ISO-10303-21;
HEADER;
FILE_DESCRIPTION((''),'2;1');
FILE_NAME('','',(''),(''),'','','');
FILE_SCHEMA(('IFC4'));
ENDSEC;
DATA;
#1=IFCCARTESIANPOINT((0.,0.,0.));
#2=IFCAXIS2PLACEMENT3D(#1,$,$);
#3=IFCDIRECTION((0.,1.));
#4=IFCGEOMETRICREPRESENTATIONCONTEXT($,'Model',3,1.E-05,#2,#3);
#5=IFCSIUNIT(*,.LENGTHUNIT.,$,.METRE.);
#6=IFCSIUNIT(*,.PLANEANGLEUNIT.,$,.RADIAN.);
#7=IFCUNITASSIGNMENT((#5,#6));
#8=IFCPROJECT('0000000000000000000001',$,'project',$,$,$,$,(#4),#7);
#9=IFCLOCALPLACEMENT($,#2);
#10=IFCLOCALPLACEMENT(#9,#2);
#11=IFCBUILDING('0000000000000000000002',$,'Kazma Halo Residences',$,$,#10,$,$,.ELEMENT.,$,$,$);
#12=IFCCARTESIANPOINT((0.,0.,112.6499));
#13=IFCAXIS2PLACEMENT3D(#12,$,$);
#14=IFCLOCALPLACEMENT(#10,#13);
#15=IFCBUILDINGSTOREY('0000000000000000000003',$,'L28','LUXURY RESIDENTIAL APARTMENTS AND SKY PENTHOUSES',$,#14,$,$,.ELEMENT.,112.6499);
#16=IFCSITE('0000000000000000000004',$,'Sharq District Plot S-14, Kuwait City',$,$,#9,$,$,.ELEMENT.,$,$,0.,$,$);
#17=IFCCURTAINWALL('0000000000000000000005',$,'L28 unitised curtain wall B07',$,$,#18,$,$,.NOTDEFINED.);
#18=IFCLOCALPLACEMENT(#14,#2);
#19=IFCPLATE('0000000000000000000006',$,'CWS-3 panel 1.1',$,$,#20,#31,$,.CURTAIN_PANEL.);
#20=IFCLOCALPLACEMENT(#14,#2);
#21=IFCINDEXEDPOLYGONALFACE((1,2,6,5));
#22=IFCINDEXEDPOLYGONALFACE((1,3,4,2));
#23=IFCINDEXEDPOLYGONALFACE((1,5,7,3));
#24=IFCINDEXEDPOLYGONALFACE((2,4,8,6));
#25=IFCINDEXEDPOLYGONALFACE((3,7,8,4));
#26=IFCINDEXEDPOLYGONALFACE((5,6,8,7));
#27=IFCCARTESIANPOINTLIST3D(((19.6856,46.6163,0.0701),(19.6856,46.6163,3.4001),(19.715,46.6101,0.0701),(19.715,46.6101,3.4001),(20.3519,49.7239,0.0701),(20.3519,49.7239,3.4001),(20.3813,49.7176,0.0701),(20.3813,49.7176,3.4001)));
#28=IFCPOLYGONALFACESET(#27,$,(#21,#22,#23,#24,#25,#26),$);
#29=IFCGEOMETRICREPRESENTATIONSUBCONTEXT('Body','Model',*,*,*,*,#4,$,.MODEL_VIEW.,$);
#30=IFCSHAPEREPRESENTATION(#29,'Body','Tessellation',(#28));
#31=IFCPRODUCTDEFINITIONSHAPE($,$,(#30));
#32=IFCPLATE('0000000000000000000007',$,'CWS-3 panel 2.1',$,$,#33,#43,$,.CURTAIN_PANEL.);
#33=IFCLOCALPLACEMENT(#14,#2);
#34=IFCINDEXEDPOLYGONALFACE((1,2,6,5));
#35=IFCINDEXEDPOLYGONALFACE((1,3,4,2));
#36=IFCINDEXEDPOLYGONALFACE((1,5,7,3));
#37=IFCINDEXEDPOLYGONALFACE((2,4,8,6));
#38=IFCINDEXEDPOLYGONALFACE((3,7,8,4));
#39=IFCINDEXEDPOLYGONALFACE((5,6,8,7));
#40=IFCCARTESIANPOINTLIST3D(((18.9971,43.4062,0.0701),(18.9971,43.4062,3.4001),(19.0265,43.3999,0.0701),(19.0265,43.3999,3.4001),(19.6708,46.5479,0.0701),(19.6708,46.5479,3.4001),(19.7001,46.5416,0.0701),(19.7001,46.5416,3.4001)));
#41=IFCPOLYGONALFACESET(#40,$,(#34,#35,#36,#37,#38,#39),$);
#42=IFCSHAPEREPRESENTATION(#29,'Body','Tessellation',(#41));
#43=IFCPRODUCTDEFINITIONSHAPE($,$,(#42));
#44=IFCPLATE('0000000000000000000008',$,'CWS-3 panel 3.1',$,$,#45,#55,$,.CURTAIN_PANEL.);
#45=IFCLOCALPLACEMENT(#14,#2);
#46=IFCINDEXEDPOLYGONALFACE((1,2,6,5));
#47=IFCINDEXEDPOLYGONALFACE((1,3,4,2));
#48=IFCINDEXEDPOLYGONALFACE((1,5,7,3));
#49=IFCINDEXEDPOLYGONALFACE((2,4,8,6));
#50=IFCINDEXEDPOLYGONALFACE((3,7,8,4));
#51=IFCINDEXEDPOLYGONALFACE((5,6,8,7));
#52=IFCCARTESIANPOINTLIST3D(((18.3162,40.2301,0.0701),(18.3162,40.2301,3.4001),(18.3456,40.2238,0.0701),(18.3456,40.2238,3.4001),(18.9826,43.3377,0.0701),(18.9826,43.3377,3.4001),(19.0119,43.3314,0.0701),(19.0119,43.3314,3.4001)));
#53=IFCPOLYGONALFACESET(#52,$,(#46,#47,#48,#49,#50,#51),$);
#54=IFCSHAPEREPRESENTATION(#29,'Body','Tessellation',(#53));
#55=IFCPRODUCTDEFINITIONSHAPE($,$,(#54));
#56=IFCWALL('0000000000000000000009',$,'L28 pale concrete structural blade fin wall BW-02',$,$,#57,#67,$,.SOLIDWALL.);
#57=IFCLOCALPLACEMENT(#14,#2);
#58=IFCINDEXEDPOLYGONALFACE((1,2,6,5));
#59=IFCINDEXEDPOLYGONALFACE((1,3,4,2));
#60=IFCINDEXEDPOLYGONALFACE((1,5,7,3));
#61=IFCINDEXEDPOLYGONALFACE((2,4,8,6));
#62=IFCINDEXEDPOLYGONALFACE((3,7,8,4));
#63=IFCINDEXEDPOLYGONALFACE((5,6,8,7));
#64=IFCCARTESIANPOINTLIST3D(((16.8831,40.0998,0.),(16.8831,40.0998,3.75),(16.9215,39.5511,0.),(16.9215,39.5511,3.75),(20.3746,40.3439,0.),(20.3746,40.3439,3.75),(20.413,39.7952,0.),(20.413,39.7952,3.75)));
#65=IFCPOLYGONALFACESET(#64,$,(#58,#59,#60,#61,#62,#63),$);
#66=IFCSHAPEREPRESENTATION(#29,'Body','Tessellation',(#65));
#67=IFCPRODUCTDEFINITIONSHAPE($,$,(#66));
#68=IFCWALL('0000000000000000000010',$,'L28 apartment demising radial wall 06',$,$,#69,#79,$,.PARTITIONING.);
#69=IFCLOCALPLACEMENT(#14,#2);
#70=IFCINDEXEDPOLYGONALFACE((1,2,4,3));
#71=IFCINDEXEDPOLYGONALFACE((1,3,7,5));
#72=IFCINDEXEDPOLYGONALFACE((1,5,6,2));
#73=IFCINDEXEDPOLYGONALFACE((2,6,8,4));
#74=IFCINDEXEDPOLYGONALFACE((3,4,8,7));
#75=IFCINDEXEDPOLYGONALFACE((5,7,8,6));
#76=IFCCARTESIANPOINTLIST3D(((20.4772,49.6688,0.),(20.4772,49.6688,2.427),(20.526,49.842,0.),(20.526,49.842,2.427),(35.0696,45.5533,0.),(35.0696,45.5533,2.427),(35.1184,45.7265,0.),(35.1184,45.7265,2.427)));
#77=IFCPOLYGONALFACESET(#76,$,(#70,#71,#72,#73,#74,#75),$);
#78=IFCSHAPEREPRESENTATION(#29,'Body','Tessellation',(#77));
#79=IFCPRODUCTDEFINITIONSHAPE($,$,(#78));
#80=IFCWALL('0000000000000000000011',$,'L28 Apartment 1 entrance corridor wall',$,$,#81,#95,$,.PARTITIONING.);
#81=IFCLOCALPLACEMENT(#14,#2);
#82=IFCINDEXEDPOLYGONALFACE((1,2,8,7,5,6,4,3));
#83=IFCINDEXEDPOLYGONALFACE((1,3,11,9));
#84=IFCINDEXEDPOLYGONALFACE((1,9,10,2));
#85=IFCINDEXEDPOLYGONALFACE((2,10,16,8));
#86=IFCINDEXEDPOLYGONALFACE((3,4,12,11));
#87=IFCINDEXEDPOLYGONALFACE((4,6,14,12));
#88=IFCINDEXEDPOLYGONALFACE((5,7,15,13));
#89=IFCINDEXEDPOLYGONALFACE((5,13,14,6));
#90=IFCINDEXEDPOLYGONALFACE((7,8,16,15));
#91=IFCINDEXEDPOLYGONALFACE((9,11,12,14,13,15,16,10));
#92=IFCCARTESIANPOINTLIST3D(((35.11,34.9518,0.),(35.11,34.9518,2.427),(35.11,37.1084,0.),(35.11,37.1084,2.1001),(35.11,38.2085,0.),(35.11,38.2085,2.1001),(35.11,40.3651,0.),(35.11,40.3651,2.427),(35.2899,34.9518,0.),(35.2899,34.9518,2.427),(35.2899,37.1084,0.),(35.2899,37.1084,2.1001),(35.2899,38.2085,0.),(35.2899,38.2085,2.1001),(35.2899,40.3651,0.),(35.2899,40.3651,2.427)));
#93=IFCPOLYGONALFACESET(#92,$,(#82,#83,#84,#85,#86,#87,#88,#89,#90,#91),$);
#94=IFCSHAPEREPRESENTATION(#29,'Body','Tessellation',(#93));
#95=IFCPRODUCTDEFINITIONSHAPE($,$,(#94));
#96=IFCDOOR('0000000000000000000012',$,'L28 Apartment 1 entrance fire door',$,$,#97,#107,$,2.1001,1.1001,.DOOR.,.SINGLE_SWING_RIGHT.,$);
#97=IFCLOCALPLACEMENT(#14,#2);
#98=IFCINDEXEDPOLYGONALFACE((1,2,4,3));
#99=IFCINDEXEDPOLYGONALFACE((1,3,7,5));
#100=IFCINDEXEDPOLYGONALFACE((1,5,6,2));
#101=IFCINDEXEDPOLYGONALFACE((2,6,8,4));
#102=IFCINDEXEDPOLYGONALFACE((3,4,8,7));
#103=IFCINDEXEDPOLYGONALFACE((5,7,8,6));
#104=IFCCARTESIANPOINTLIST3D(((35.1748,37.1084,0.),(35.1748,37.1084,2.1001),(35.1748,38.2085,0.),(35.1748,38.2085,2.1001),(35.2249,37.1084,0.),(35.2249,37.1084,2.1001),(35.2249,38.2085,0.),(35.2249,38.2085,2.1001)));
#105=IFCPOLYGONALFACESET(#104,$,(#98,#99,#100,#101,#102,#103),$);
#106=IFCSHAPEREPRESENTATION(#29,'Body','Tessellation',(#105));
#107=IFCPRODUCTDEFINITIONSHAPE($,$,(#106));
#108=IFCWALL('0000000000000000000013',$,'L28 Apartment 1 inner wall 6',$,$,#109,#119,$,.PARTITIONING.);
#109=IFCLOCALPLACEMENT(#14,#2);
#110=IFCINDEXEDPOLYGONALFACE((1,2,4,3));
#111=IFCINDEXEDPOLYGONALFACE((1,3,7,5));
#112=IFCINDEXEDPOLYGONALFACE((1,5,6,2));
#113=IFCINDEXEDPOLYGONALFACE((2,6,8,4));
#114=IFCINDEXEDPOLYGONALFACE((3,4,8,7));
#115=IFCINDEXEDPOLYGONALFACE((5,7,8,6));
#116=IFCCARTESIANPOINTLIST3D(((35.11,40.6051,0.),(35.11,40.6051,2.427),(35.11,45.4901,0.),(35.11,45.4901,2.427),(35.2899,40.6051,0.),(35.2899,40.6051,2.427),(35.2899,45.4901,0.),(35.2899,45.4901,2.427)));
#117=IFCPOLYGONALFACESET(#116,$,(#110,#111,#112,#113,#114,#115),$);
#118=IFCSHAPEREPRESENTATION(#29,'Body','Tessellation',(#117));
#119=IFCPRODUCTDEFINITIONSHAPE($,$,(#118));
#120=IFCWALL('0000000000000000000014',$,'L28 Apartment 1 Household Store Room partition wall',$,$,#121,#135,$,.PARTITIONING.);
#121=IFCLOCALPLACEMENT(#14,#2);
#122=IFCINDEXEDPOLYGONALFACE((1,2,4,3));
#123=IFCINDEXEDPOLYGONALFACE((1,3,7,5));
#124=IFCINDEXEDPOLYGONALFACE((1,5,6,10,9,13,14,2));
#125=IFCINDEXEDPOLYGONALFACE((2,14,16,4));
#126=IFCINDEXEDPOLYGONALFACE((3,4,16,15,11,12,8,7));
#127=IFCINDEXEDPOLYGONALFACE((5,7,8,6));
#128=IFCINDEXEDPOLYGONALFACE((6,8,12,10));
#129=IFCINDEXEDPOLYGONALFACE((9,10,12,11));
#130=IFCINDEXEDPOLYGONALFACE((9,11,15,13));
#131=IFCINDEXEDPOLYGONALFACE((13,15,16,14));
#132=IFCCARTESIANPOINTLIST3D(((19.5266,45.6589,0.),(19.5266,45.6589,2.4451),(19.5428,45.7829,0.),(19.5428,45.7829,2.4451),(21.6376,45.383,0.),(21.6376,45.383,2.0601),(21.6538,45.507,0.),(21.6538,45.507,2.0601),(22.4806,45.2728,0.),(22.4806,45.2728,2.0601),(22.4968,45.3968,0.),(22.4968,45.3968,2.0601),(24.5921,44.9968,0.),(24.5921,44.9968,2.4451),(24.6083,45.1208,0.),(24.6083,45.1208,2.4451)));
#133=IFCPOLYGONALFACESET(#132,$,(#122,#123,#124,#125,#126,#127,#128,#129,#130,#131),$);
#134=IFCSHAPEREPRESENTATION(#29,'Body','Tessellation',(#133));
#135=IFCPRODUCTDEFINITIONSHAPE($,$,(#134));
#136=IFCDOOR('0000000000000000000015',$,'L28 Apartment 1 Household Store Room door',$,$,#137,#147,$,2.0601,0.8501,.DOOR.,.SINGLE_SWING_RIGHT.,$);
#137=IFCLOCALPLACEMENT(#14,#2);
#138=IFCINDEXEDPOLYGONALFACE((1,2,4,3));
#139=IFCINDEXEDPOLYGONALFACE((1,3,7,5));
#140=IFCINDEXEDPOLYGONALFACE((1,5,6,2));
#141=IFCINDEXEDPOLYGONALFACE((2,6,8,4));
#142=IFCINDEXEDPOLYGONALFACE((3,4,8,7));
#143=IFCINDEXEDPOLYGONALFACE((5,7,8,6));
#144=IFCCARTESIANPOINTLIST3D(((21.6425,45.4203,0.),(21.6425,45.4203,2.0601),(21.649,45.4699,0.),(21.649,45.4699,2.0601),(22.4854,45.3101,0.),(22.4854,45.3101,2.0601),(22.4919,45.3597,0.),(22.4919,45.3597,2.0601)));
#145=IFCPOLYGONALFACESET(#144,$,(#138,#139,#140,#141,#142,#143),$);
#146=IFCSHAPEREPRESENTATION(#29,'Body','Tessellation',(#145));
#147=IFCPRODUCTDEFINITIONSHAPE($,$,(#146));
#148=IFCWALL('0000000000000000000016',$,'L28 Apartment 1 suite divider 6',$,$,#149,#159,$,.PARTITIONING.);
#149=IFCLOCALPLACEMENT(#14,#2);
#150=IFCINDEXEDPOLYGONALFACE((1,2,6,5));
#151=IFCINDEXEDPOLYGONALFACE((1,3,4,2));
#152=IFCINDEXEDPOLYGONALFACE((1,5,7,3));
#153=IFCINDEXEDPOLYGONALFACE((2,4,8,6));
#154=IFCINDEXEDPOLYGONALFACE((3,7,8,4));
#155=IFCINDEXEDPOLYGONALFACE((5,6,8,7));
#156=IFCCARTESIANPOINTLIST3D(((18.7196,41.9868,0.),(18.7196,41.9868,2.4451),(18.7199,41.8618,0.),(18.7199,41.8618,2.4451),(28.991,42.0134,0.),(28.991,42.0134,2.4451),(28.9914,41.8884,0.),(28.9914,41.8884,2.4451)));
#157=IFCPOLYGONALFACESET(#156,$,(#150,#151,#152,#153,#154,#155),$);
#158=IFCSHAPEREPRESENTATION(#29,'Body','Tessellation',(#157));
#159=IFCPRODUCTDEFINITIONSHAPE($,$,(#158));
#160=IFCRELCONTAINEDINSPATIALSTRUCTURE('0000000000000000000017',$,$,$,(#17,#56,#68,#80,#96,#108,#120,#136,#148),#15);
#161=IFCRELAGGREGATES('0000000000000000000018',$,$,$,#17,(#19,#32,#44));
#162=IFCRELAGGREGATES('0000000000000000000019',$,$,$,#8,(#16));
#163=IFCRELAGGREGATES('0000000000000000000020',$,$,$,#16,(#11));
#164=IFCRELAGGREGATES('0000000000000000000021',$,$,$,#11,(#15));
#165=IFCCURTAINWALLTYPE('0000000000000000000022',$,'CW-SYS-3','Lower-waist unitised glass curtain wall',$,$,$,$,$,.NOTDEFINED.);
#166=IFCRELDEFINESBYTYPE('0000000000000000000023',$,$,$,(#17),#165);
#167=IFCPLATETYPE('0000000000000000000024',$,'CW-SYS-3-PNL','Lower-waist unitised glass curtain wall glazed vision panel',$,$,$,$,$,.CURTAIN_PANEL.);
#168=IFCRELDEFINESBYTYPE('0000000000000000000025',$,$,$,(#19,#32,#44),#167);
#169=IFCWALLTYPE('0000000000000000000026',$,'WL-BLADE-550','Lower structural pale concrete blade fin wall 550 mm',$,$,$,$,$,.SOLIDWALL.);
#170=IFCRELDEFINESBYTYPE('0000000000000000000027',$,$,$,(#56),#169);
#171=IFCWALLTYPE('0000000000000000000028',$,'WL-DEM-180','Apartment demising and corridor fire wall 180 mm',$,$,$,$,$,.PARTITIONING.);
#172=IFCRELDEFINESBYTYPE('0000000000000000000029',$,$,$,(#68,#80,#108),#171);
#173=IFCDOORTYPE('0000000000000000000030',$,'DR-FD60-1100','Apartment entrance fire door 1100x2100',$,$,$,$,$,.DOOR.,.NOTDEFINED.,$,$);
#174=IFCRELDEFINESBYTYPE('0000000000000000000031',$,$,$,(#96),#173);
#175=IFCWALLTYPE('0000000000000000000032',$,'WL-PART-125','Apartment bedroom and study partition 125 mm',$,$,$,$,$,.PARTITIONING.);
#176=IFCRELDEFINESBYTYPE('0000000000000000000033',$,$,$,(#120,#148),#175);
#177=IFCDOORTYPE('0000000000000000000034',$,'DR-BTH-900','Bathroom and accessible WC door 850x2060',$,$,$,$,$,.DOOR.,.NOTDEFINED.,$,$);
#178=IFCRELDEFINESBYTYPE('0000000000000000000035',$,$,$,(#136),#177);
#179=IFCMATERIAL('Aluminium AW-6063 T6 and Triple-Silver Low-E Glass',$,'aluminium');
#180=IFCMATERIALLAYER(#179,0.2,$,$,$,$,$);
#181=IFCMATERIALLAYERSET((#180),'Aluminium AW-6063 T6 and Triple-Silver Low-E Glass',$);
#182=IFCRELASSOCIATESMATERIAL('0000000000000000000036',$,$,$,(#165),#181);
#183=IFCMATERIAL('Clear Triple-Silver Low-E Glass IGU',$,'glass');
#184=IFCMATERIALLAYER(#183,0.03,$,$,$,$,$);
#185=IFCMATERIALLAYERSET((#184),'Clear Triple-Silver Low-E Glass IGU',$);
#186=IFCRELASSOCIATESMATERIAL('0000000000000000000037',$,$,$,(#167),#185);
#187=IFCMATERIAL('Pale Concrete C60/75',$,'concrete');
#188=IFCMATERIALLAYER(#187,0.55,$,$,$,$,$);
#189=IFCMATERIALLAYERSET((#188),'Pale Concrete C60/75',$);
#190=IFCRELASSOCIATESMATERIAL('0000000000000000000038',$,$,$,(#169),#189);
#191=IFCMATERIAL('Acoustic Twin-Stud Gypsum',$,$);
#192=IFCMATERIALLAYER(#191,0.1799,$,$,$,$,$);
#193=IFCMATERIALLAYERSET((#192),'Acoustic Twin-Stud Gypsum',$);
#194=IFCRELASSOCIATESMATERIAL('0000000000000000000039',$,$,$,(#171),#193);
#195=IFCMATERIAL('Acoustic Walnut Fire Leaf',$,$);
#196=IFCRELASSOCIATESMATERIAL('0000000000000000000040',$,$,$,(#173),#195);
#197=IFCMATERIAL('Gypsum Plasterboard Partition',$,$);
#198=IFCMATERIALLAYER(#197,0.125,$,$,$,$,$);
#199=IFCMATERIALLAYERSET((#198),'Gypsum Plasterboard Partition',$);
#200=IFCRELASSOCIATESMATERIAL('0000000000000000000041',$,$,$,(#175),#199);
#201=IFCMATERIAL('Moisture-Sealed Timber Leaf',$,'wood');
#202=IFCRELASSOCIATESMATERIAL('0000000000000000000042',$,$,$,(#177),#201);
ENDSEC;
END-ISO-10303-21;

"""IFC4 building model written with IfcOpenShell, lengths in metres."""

from ifc_helpers import new_model, si_unit, direction, frame, frame_2d, origin, origin_2d, place, context, subcontext, project, spatial, rectangle, extrude, material, layer, layer_set, type_object, element, fill, aggregate, save


model = new_model("IFC4")

# Units and contexts
model_context = context("Model", 3, precision=1e-05, world=origin(), true_north=direction((0.0, 1.0)))
body_context = subcontext(model_context, "Body", "Model", "MODEL_VIEW")
ifc_project = project(units=[si_unit("LENGTHUNIT", "METRE"), si_unit("PLANEANGLEUNIT", "RADIAN")], contexts=[model_context])

# Site, building, storey
site_placement = place(None, origin())
site = spatial("IfcSite", under=ifc_project, at=site_placement, Name="Sharq District Plot S-14, Kuwait City", CompositionType="ELEMENT", RefElevation=0.0)
building_placement = place(site_placement, origin())
building = spatial("IfcBuilding", under=site, at=building_placement, Name="Kazma Halo Residences", CompositionType="ELEMENT")
storey_placement = place(building_placement, frame((0.0, 0.0, 112.6499)))
storey = spatial("IfcBuildingStorey", under=building, at=storey_placement, Name="L28", Description="LUXURY RESIDENTIAL APARTMENTS AND SKY PENTHOUSES", CompositionType="ELEMENT", Elevation=112.6499)

# Curtain wall, plates
ifc_material_1 = material(Name="Aluminium AW-6063 T6 and Triple-Silver Low-E Glass", Category="aluminium")
ifc_layer_1 = layer(ifc_material_1, 0.2)
ifc_layer_set_1 = layer_set([ifc_layer_1], Name="Aluminium AW-6063 T6 and Triple-Silver Low-E Glass")
curtain_wall_type = type_object("IfcCurtainWallType", Name="CW-SYS-3", Description="Lower-waist unitised glass curtain wall", PredefinedType="NOTDEFINED", material=ifc_layer_set_1)
curtain_wall_placement = place(storey_placement, origin())
curtain_wall = element("IfcCurtainWall", 1, at=curtain_wall_placement, inside=storey, type_object=curtain_wall_type, Name="L28 unitised curtain wall B07", PredefinedType="NOTDEFINED")
ifc_material_2 = material(Name="Clear Triple-Silver Low-E Glass IGU", Category="glass")
ifc_layer_2 = layer(ifc_material_2, 0.03)
ifc_layer_set_2 = layer_set([ifc_layer_2], Name="Clear Triple-Silver Low-E Glass IGU")
plate_type = type_object("IfcPlateType", Name="CW-SYS-3-PNL", Description="Lower-waist unitised glass curtain wall glazed vision panel", PredefinedType="CURTAIN_PANEL", material=ifc_layer_set_2)
plate_1_placement = place(storey_placement, frame((20.0334, 48.167, 0.0701), z_axis=(0.0, 0.0, 1.0), x_axis=(-0.209661, -0.977774, 0.0)))
plate_1 = element("IfcPlate", 2, at=plate_1_placement, type_object=plate_type, Name="CWS-3 panel 1.1", PredefinedType="CURTAIN_PANEL", context=body_context, shape_type="SweptSolid", body=[
    extrude(rectangle(XDim=3.1782, YDim=0.03, at=origin_2d()), origin(), (0.0, 0.0, 1.0), 3.3301),
])
plate_2_placement = place(storey_placement, frame((19.3486, 44.9739, 0.0701), z_axis=(0.0, 0.0, 1.0), x_axis=(-0.209661, -0.977774, 0.0)))
plate_2 = element("IfcPlate", 3, at=plate_2_placement, type_object=plate_type, Name="CWS-3 panel 2.1", PredefinedType="CURTAIN_PANEL", context=body_context, shape_type="SweptSolid", body=[
    extrude(rectangle(XDim=3.2131, YDim=0.03, at=origin_2d()), origin(), (0.0, 0.0, 1.0), 3.3301),
])
plate_3_placement = place(storey_placement, frame((18.6641, 41.7808, 0.0701), z_axis=(0.0, 0.0, 1.0), x_axis=(-0.209661, -0.977774, 0.0)))
plate_3 = element("IfcPlate", 4, at=plate_3_placement, type_object=plate_type, Name="CWS-3 panel 3.1", PredefinedType="CURTAIN_PANEL", context=body_context, shape_type="SweptSolid", body=[
    extrude(rectangle(XDim=3.1782, YDim=0.03, at=origin_2d()), origin(), (0.0, 0.0, 1.0), 3.3301),
])
aggregate(curtain_wall, [plate_1, plate_2, plate_3])

# Walls
ifc_material_3 = material(Name="Pale Concrete C60/75", Category="concrete")
ifc_layer_3 = layer(ifc_material_3, 0.55)
ifc_layer_set_3 = layer_set([ifc_layer_3], Name="Pale Concrete C60/75")
wall_type_1 = type_object("IfcWallType", Name="WL-BLADE-550", Description="Lower structural pale concrete blade fin wall 550 mm", PredefinedType="SOLIDWALL", material=ifc_layer_set_3)
wall_1_placement = place(storey_placement, frame((20.3938, 40.0696, 0.0), z_axis=(0.0, 0.0, 1.0), x_axis=(-0.997564, -0.069755, 0.0)))
element("IfcWall", 5, at=wall_1_placement, inside=storey, type_object=wall_type_1, Name="L28 pale concrete structural blade fin wall BW-02", PredefinedType="SOLIDWALL", context=body_context, shape_type="SweptSolid", body=[
    extrude(rectangle(XDim=3.5, YDim=0.55, at=frame_2d((1.75, 0.0))), origin(), (0.0, 0.0, 1.0), 3.75),
])
ifc_material_4 = material(Name="Acoustic Twin-Stud Gypsum")
ifc_layer_4 = layer(ifc_material_4, 0.1799)
ifc_layer_set_4 = layer_set([ifc_layer_4], Name="Acoustic Twin-Stud Gypsum")
wall_type_2 = type_object("IfcWallType", Name="WL-DEM-180", Description="Apartment demising and corridor fire wall 180 mm", PredefinedType="PARTITIONING", material=ifc_layer_set_4)
wall_2_placement = place(storey_placement, frame((35.094, 45.6399, 0.0), z_axis=(0.0, 0.0, 1.0), x_axis=(-0.962455, 0.271442, 0.0)))
element("IfcWall", 6, at=wall_2_placement, inside=storey, type_object=wall_type_2, Name="L28 apartment demising radial wall 06", PredefinedType="PARTITIONING", context=body_context, shape_type="SweptSolid", body=[
    extrude(rectangle(XDim=15.1616, YDim=0.1799, at=frame_2d((7.5808, 0.0))), origin(), (0.0, 0.0, 1.0), 2.427),
])

# Wall, opening, door
wall_3_placement = place(storey_placement, frame((35.2, 40.365, 0.0), z_axis=(0.0, 0.0, 1.0), x_axis=(0.0, -1.0, 0.0)))
wall_3 = element("IfcWall", 7, at=wall_3_placement, inside=storey, type_object=wall_type_2, Name="L28 Apartment 1 entrance corridor wall", PredefinedType="PARTITIONING", context=body_context, shape_type="SweptSolid", body=[
    extrude(rectangle(XDim=5.4133, YDim=0.1799, at=frame_2d((2.7065, 0.0))), origin(), (0.0, 0.0, 1.0), 2.427),
])
opening_1_placement = place(wall_3_placement, frame((2.1565, 0.0, 0.0)))
opening_1 = element("IfcOpeningElement", 8, at=opening_1_placement, cuts=wall_3, PredefinedType="OPENING", context=body_context, shape_type="SweptSolid", body=[
    extrude(rectangle(XDim=1.1001, YDim=2.1001, at=frame_2d((0.55, 1.05))), frame((0.0, 0.0999, 0.0), z_axis=(0.0, -1.0, 0.0), x_axis=(1.0, 0.0, 0.0)), (0.0, 0.0, 1.0), 0.2),
])
ifc_material_5 = material(Name="Acoustic Walnut Fire Leaf")
door_type_1 = type_object("IfcDoorType", Name="DR-FD60-1100", Description="Apartment entrance fire door 1100x2100", OperationType="NOTDEFINED", PredefinedType="DOOR", material=ifc_material_5)
door_1_placement = place(opening_1_placement, origin())
door_1 = element("IfcDoor", 9, at=door_1_placement, inside=storey, type_object=door_type_1, Name="L28 Apartment 1 entrance fire door", OperationType="SINGLE_SWING_RIGHT", OverallHeight=2.1001, OverallWidth=1.1001, PredefinedType="DOOR", context=body_context, shape_type="SweptSolid", body=[
    extrude(rectangle(XDim=1.1001, YDim=2.1001, at=frame_2d((0.55, 1.05))), frame((0.0, 0.0249, 0.0), z_axis=(0.0, -1.0, 0.0), x_axis=(1.0, 0.0, 0.0)), (0.0, 0.0, 1.0), 0.05),
])
fill(opening_1, door_1)

# Wall
wall_4_placement = place(storey_placement, frame((35.2, 45.49, 0.0), z_axis=(0.0, 0.0, 1.0), x_axis=(0.0, -1.0, 0.0)))
element("IfcWall", 10, at=wall_4_placement, inside=storey, type_object=wall_type_2, Name="L28 Apartment 1 inner wall 6", PredefinedType="PARTITIONING", context=body_context, shape_type="SweptSolid", body=[
    extrude(rectangle(XDim=4.885, YDim=0.1799, at=frame_2d((2.4424, 0.0))), origin(), (0.0, 0.0, 1.0), 2.427),
])

# Wall, opening, door
ifc_material_6 = material(Name="Gypsum Plasterboard Partition")
ifc_layer_5 = layer(ifc_material_6, 0.125)
ifc_layer_set_5 = layer_set([ifc_layer_5], Name="Gypsum Plasterboard Partition")
wall_type_3 = type_object("IfcWallType", Name="WL-PART-125", Description="Apartment bedroom and study partition 125 mm", PredefinedType="PARTITIONING", material=ifc_layer_set_5)
wall_5_placement = place(storey_placement, frame((24.6001, 45.0588, 0.0), z_axis=(0.0, 0.0, 1.0), x_axis=(-0.991566, 0.129603, 0.0)))
wall_5 = element("IfcWall", 11, at=wall_5_placement, inside=storey, type_object=wall_type_3, Name="L28 Apartment 1 Household Store Room partition wall", PredefinedType="PARTITIONING", context=body_context, shape_type="SweptSolid", body=[
    extrude(rectangle(XDim=5.1086, YDim=0.125, at=frame_2d((2.5542, 0.0))), origin(), (0.0, 0.0, 1.0), 2.4451),
])
opening_2_placement = place(wall_5_placement, frame((2.1294, 0.0, 0.0)))
opening_2 = element("IfcOpeningElement", 12, at=opening_2_placement, cuts=wall_5, PredefinedType="OPENING", context=body_context, shape_type="SweptSolid", body=[
    extrude(rectangle(XDim=0.8501, YDim=2.0601, at=frame_2d((0.425, 1.03))), frame((0.0, 0.0725, 0.0), z_axis=(0.0, -1.0, 0.0), x_axis=(1.0, 0.0, 0.0)), (0.0, 0.0, 1.0), 0.145),
])
ifc_material_7 = material(Name="Moisture-Sealed Timber Leaf", Category="wood")
door_type_2 = type_object("IfcDoorType", Name="DR-BTH-900", Description="Bathroom and accessible WC door 850x2060", OperationType="NOTDEFINED", PredefinedType="DOOR", material=ifc_material_7)
door_2_placement = place(opening_2_placement, origin())
door_2 = element("IfcDoor", 13, at=door_2_placement, inside=storey, type_object=door_type_2, Name="L28 Apartment 1 Household Store Room door", OperationType="SINGLE_SWING_RIGHT", OverallHeight=2.0601, OverallWidth=0.8501, PredefinedType="DOOR", context=body_context, shape_type="SweptSolid", body=[
    extrude(rectangle(XDim=0.8501, YDim=2.0601, at=frame_2d((0.425, 1.03))), frame((0.0, 0.0249, 0.0), z_axis=(0.0, -1.0, 0.0), x_axis=(1.0, 0.0, 0.0)), (0.0, 0.0, 1.0), 0.05),
])
fill(opening_2, door_2)

# Wall
wall_6_placement = place(storey_placement, frame((28.9912, 41.9509, 0.0), z_axis=(0.0, 0.0, 1.0), x_axis=(-0.999997, -0.002591, 0.0)))
element("IfcWall", 14, at=wall_6_placement, inside=storey, type_object=wall_type_3, Name="L28 Apartment 1 suite divider 6", PredefinedType="PARTITIONING", context=body_context, shape_type="SweptSolid", body=[
    extrude(rectangle(XDim=10.2715, YDim=0.125, at=frame_2d((5.1357, 0.0))), origin(), (0.0, 0.0, 1.0), 2.4451),
])

save(model, "model.ifc")
